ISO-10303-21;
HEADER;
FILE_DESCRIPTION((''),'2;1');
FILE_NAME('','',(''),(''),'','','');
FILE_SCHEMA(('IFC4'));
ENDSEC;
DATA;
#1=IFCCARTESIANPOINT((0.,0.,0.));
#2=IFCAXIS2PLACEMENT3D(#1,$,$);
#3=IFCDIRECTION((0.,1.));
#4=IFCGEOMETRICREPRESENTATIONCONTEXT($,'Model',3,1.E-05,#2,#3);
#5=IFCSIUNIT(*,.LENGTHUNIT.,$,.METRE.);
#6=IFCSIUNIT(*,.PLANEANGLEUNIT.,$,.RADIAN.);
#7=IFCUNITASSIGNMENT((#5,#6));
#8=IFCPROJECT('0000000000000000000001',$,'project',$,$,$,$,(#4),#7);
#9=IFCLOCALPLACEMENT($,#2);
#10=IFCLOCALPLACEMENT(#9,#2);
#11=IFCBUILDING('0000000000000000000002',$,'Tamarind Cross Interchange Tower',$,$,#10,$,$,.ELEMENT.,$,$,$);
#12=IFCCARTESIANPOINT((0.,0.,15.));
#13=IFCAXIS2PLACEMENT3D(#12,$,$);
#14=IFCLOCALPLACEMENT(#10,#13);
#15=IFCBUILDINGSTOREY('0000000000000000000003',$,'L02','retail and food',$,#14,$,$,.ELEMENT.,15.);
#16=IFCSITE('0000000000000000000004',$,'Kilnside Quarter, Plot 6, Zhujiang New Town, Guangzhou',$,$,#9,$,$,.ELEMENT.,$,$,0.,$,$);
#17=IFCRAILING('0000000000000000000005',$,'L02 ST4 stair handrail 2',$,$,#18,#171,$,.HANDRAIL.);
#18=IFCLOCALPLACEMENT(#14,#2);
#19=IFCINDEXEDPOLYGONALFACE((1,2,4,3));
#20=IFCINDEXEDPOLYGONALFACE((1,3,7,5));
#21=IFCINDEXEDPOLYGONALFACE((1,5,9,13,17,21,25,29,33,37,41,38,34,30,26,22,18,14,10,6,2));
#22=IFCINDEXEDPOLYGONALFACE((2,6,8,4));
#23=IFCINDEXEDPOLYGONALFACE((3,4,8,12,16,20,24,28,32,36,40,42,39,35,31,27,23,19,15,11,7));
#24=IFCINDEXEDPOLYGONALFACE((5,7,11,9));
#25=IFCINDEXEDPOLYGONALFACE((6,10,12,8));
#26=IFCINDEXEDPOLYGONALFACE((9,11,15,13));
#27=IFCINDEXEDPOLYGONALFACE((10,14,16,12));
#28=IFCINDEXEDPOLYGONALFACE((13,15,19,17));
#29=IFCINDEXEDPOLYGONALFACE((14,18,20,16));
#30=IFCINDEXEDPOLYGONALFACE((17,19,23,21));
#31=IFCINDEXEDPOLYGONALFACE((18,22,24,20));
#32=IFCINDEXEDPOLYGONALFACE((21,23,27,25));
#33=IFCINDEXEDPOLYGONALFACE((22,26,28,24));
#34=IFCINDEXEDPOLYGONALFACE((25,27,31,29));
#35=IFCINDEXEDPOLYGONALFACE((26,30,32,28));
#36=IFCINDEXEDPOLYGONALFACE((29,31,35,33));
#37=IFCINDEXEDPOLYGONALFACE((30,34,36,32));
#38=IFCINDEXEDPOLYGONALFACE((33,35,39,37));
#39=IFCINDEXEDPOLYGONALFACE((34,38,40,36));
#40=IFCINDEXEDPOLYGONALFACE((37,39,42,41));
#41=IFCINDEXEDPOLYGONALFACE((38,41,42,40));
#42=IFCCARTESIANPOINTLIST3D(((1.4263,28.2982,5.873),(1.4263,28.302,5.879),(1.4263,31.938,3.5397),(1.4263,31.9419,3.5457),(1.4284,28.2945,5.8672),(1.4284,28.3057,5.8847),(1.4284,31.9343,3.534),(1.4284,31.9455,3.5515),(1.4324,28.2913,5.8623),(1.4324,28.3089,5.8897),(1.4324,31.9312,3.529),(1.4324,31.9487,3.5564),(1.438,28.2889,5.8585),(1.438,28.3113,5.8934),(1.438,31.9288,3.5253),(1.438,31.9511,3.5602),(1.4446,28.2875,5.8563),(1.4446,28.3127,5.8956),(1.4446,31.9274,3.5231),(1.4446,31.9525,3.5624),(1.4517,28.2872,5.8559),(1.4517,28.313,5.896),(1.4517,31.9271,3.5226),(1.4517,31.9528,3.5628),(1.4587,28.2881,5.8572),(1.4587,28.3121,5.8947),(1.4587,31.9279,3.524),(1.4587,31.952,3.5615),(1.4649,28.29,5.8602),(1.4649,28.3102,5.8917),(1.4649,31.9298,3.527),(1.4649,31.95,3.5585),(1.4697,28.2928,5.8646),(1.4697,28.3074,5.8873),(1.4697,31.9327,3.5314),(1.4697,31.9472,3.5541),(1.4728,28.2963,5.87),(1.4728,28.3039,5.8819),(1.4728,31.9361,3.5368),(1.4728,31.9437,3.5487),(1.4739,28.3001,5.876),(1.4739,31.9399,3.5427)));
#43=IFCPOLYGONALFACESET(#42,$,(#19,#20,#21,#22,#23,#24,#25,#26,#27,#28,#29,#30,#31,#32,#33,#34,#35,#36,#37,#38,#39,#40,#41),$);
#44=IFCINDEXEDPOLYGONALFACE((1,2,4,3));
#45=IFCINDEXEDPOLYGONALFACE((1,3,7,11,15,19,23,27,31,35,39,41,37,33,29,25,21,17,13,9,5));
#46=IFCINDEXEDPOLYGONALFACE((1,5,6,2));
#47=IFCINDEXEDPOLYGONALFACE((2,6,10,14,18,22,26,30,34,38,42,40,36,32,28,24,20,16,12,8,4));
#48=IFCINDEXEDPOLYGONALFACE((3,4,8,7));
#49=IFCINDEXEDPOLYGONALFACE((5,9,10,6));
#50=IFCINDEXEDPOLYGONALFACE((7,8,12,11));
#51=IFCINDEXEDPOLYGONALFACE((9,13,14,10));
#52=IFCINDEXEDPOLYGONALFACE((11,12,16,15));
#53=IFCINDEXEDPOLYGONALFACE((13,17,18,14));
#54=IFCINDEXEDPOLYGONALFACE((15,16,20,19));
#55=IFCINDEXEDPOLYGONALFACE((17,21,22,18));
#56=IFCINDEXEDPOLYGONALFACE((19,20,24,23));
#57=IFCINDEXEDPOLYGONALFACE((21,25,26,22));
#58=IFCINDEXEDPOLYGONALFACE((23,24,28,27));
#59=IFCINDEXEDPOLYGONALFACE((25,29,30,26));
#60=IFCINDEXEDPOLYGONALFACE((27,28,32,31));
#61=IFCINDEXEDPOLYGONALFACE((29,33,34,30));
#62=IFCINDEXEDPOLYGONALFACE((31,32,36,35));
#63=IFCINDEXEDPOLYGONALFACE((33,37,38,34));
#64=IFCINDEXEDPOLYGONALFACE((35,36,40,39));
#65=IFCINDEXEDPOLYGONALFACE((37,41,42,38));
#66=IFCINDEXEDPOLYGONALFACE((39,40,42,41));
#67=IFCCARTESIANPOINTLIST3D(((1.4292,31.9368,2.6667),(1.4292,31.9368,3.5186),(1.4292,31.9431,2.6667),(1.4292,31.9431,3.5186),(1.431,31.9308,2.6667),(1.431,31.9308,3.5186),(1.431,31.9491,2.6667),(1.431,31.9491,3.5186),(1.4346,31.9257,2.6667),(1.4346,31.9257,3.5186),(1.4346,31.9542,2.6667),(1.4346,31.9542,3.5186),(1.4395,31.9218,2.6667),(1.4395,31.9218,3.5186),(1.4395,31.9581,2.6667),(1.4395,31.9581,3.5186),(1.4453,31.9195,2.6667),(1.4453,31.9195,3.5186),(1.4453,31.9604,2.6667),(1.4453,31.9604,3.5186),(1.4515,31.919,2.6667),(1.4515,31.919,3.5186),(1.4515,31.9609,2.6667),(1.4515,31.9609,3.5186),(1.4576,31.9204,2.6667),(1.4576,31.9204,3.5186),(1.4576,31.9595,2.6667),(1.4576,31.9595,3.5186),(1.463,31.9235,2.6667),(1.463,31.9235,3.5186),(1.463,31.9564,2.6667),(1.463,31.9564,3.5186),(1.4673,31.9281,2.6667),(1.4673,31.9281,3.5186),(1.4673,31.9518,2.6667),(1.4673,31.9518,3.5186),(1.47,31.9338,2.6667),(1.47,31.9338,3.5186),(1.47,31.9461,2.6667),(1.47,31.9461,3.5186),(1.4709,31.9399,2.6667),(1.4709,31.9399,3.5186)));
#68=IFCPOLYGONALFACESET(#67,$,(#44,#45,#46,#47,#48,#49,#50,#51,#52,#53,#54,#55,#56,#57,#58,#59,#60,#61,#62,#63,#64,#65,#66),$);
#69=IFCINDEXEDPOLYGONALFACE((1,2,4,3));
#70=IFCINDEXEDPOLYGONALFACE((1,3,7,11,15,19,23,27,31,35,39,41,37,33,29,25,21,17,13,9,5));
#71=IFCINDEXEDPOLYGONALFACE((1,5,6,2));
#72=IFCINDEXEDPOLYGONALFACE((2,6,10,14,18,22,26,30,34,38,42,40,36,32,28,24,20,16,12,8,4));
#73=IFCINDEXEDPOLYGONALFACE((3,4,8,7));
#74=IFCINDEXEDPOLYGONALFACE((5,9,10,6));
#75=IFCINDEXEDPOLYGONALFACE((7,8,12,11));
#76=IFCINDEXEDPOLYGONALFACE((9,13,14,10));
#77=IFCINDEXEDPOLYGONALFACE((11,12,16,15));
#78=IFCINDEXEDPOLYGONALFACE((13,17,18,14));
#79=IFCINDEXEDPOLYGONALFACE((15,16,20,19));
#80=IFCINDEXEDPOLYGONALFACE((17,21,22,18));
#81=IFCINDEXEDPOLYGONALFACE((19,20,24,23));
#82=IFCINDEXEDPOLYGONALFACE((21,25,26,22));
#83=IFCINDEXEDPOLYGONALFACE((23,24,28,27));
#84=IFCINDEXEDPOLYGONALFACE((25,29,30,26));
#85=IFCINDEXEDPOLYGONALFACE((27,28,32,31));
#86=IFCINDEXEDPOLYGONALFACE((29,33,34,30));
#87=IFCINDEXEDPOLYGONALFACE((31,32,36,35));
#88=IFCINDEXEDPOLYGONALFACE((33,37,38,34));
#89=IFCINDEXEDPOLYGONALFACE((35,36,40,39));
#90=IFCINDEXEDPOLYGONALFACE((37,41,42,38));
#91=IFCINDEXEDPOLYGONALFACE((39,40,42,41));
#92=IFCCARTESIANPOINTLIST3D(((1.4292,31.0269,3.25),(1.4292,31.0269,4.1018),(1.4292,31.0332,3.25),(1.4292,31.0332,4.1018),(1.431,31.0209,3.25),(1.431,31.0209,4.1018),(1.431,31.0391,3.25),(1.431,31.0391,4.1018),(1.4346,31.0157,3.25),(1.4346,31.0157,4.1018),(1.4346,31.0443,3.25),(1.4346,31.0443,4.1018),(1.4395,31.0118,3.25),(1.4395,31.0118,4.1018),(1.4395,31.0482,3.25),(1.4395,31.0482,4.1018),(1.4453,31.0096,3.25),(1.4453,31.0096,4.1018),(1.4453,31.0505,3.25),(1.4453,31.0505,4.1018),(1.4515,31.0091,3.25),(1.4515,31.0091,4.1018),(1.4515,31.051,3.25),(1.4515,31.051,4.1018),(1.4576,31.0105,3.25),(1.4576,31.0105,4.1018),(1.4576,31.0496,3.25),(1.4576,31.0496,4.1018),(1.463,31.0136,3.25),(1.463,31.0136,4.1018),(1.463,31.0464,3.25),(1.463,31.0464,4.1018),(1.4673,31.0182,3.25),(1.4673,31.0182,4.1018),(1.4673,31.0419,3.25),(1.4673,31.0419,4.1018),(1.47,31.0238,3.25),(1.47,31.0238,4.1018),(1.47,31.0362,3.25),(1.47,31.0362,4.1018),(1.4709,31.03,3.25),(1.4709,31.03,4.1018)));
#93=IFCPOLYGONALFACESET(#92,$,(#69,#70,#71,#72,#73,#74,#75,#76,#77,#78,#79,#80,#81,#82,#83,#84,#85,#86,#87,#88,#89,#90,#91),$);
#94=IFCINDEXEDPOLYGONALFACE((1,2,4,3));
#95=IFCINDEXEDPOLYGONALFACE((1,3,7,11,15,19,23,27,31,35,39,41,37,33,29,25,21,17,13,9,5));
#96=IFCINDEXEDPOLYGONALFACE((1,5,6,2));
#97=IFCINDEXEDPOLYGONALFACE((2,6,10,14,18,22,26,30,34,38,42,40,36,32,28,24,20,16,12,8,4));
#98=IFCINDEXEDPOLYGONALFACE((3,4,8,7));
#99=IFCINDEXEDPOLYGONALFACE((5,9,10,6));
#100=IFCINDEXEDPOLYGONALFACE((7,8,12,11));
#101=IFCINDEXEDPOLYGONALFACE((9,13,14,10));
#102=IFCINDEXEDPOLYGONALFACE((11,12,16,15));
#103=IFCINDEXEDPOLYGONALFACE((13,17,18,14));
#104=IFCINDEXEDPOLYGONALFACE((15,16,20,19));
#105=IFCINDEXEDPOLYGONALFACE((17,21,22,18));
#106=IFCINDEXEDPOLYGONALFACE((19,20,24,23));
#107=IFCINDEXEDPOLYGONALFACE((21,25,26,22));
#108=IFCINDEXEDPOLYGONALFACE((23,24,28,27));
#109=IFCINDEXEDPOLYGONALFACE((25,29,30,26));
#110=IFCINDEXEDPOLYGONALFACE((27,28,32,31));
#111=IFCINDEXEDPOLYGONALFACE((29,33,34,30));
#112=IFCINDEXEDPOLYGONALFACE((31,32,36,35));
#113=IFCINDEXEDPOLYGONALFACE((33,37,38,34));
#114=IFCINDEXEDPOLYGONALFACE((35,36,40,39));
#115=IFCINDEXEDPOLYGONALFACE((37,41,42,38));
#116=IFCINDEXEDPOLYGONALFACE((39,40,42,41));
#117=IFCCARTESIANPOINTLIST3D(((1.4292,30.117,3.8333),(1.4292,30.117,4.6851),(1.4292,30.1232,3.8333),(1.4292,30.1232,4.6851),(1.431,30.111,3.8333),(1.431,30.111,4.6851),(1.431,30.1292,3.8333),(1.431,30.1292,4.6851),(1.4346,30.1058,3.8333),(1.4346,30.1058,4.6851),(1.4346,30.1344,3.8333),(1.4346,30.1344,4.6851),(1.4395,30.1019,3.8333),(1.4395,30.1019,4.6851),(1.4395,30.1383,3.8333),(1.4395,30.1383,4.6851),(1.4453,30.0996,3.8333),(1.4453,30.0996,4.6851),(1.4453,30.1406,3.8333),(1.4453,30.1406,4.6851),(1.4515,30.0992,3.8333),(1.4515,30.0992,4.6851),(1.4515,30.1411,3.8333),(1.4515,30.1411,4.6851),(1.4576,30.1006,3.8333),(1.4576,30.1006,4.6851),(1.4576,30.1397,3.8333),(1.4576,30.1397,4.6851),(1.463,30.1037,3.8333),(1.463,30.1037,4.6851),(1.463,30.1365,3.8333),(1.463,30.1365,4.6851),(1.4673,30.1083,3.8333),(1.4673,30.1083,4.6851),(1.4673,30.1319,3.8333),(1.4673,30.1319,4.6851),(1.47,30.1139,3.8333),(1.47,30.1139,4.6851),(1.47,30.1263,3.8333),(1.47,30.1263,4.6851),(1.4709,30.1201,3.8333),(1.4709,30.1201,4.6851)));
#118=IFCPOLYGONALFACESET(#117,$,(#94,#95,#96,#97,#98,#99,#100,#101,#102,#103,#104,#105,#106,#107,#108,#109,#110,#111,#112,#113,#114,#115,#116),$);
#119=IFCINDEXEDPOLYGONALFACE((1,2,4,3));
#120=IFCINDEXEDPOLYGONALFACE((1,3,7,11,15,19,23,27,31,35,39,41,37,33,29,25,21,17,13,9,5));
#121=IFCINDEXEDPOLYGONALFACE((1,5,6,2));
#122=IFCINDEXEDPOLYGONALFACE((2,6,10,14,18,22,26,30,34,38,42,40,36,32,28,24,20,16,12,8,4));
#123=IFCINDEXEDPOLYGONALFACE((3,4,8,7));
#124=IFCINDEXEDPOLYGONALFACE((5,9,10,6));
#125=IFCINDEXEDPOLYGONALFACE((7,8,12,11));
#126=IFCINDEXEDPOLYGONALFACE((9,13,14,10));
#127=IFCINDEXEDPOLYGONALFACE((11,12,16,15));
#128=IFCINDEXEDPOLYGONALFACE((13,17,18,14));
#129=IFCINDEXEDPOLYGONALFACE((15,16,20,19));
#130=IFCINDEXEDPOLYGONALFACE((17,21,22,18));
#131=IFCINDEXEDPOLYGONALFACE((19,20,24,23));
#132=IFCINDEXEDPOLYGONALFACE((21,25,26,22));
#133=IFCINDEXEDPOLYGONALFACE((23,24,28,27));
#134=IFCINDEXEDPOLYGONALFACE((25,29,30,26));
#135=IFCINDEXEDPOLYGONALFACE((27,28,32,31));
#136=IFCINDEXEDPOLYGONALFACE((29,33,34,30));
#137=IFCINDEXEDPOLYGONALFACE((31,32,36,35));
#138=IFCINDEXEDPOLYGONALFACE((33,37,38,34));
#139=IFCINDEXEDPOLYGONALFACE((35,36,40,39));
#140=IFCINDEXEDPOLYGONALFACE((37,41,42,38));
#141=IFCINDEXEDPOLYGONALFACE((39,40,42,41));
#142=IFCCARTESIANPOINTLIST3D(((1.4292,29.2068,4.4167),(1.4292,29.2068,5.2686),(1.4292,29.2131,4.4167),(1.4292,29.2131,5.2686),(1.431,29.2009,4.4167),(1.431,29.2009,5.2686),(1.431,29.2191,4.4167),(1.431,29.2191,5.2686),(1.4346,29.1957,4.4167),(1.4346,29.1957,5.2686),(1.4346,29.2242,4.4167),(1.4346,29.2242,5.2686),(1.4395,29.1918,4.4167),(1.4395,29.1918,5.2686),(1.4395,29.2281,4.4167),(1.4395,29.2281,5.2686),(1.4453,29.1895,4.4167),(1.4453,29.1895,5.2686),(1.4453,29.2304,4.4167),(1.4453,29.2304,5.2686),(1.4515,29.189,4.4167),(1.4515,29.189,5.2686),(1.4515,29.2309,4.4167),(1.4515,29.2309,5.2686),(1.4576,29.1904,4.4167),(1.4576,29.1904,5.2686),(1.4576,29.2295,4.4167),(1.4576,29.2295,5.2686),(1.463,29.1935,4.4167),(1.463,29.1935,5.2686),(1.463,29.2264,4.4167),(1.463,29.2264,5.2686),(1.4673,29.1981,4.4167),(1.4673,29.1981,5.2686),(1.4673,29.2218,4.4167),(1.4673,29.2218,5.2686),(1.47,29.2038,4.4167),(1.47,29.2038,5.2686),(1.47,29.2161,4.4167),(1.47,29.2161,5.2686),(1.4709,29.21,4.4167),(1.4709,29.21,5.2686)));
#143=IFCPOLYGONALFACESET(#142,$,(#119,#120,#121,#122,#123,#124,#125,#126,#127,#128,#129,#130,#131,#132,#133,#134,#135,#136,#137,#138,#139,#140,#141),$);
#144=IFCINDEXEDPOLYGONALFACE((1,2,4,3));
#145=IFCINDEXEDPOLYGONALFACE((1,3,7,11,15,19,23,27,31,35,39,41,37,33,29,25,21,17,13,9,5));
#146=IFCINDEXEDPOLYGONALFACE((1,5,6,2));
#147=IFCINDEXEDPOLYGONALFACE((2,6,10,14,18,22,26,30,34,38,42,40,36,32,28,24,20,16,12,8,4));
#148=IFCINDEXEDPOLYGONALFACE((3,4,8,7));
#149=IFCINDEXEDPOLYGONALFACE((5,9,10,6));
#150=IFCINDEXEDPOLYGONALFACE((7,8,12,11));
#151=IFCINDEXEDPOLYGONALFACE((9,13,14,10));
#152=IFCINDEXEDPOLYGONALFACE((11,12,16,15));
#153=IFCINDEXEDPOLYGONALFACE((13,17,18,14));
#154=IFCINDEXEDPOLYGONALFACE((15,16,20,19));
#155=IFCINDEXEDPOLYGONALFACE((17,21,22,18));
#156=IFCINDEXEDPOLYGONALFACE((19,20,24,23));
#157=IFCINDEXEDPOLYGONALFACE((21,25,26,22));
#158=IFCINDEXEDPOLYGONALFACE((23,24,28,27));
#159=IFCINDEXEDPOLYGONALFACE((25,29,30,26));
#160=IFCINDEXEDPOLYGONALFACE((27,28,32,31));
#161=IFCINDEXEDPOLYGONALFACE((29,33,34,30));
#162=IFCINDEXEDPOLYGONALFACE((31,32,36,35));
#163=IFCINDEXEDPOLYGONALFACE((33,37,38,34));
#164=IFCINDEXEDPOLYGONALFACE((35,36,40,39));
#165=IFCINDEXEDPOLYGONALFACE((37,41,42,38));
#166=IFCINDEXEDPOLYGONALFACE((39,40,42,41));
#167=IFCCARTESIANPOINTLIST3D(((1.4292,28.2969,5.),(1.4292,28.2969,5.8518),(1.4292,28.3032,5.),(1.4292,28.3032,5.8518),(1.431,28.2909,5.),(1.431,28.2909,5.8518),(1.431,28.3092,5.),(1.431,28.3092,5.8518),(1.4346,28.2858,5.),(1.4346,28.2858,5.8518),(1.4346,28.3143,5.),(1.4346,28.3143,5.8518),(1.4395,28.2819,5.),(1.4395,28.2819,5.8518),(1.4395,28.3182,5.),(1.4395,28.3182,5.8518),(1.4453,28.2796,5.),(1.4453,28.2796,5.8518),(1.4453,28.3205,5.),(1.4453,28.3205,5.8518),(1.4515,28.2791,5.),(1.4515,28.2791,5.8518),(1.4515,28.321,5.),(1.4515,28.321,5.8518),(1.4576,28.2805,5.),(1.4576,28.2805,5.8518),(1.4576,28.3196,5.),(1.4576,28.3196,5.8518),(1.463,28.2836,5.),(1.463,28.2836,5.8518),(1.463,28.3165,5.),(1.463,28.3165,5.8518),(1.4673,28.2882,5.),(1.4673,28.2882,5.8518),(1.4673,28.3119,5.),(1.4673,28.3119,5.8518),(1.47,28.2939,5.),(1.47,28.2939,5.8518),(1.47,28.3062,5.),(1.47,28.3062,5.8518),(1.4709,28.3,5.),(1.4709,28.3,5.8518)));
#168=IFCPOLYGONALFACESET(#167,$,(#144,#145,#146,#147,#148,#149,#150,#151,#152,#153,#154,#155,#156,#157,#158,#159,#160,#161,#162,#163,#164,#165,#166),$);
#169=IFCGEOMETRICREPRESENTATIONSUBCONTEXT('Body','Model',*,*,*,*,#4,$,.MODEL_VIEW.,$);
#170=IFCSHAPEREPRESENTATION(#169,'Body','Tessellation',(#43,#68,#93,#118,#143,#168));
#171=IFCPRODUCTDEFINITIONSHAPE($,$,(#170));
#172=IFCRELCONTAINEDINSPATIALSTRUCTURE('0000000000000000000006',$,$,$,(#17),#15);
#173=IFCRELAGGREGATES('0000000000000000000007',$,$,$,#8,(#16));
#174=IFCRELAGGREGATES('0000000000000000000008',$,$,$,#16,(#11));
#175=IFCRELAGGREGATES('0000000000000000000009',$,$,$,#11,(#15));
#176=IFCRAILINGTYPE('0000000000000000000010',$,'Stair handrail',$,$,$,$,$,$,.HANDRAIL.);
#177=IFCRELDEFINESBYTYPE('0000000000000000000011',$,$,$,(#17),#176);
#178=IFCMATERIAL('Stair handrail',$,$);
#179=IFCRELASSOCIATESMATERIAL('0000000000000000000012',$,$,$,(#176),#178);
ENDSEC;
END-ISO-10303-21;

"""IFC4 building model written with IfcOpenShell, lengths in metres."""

from ifc_helpers import new_model, si_unit, direction, frame, origin, origin_2d, place, context, subcontext, project, spatial, circle, extrude, material, type_object, element, save


model = new_model("IFC4")

# Units and contexts
model_context = context("Model", 3, precision=1e-05, world=origin(), true_north=direction((0.0, 1.0)))
body_context = subcontext(model_context, "Body", "Model", "MODEL_VIEW")
ifc_project = project(units=[si_unit("LENGTHUNIT", "METRE"), si_unit("PLANEANGLEUNIT", "RADIAN")], contexts=[model_context])

# Site, building, storey
site_placement = place(None, origin())
site = spatial("IfcSite", under=ifc_project, at=site_placement, Name="Kilnside Quarter, Plot 6, Zhujiang New Town, Guangzhou", CompositionType="ELEMENT", RefElevation=0.0)
building_placement = place(site_placement, origin())
building = spatial("IfcBuilding", under=site, at=building_placement, Name="Tamarind Cross Interchange Tower", CompositionType="ELEMENT")
storey_placement = place(building_placement, frame((0.0, 0.0, 15.0)))
storey = spatial("IfcBuildingStorey", under=building, at=storey_placement, Name="L02", Description="retail and food", CompositionType="ELEMENT", Elevation=15.0)

# Railing
ifc_material_1 = material(Name="Stair handrail")
railing_type_1 = type_object("IfcRailingType", Name="Stair handrail", PredefinedType="HANDRAIL", material=ifc_material_1)
railing_1_placement = place(storey_placement, frame((1.45, 31.9399, 2.6667)))
element("IfcRailing", 1, at=railing_1_placement, inside=storey, type_object=railing_type_1, Name="L02 ST4 stair handrail 2", PredefinedType="HANDRAIL", context=body_context, shape_type="SweptSolid", body=[
    extrude(circle(Radius=0.0239, at=origin_2d()), frame((0.0, 0.0, 0.876), z_axis=(0.0, -0.84188, 0.539664), x_axis=(1.0, 0.0, 0.0)), (0.0, 0.0, 1.0), 4.3235),
    extrude(circle(Radius=0.021, at=origin_2d()), origin(), (0.0, 0.0, 1.0), 0.8518),
    extrude(circle(Radius=0.021, at=origin_2d()), frame((0.0, -0.9099, 0.5833)), (0.0, 0.0, 1.0), 0.8518),
    extrude(circle(Radius=0.021, at=origin_2d()), frame((0.0, -1.8198, 1.1665)), (0.0, 0.0, 1.0), 0.8518),
    extrude(circle(Radius=0.021, at=origin_2d()), frame((0.0, -2.73, 1.75)), (0.0, 0.0, 1.0), 0.8518),
    extrude(circle(Radius=0.021, at=origin_2d()), frame((0.0, -3.6399, 2.3333)), (0.0, 0.0, 1.0), 0.8518),
])

save(model, "model.ifc")
